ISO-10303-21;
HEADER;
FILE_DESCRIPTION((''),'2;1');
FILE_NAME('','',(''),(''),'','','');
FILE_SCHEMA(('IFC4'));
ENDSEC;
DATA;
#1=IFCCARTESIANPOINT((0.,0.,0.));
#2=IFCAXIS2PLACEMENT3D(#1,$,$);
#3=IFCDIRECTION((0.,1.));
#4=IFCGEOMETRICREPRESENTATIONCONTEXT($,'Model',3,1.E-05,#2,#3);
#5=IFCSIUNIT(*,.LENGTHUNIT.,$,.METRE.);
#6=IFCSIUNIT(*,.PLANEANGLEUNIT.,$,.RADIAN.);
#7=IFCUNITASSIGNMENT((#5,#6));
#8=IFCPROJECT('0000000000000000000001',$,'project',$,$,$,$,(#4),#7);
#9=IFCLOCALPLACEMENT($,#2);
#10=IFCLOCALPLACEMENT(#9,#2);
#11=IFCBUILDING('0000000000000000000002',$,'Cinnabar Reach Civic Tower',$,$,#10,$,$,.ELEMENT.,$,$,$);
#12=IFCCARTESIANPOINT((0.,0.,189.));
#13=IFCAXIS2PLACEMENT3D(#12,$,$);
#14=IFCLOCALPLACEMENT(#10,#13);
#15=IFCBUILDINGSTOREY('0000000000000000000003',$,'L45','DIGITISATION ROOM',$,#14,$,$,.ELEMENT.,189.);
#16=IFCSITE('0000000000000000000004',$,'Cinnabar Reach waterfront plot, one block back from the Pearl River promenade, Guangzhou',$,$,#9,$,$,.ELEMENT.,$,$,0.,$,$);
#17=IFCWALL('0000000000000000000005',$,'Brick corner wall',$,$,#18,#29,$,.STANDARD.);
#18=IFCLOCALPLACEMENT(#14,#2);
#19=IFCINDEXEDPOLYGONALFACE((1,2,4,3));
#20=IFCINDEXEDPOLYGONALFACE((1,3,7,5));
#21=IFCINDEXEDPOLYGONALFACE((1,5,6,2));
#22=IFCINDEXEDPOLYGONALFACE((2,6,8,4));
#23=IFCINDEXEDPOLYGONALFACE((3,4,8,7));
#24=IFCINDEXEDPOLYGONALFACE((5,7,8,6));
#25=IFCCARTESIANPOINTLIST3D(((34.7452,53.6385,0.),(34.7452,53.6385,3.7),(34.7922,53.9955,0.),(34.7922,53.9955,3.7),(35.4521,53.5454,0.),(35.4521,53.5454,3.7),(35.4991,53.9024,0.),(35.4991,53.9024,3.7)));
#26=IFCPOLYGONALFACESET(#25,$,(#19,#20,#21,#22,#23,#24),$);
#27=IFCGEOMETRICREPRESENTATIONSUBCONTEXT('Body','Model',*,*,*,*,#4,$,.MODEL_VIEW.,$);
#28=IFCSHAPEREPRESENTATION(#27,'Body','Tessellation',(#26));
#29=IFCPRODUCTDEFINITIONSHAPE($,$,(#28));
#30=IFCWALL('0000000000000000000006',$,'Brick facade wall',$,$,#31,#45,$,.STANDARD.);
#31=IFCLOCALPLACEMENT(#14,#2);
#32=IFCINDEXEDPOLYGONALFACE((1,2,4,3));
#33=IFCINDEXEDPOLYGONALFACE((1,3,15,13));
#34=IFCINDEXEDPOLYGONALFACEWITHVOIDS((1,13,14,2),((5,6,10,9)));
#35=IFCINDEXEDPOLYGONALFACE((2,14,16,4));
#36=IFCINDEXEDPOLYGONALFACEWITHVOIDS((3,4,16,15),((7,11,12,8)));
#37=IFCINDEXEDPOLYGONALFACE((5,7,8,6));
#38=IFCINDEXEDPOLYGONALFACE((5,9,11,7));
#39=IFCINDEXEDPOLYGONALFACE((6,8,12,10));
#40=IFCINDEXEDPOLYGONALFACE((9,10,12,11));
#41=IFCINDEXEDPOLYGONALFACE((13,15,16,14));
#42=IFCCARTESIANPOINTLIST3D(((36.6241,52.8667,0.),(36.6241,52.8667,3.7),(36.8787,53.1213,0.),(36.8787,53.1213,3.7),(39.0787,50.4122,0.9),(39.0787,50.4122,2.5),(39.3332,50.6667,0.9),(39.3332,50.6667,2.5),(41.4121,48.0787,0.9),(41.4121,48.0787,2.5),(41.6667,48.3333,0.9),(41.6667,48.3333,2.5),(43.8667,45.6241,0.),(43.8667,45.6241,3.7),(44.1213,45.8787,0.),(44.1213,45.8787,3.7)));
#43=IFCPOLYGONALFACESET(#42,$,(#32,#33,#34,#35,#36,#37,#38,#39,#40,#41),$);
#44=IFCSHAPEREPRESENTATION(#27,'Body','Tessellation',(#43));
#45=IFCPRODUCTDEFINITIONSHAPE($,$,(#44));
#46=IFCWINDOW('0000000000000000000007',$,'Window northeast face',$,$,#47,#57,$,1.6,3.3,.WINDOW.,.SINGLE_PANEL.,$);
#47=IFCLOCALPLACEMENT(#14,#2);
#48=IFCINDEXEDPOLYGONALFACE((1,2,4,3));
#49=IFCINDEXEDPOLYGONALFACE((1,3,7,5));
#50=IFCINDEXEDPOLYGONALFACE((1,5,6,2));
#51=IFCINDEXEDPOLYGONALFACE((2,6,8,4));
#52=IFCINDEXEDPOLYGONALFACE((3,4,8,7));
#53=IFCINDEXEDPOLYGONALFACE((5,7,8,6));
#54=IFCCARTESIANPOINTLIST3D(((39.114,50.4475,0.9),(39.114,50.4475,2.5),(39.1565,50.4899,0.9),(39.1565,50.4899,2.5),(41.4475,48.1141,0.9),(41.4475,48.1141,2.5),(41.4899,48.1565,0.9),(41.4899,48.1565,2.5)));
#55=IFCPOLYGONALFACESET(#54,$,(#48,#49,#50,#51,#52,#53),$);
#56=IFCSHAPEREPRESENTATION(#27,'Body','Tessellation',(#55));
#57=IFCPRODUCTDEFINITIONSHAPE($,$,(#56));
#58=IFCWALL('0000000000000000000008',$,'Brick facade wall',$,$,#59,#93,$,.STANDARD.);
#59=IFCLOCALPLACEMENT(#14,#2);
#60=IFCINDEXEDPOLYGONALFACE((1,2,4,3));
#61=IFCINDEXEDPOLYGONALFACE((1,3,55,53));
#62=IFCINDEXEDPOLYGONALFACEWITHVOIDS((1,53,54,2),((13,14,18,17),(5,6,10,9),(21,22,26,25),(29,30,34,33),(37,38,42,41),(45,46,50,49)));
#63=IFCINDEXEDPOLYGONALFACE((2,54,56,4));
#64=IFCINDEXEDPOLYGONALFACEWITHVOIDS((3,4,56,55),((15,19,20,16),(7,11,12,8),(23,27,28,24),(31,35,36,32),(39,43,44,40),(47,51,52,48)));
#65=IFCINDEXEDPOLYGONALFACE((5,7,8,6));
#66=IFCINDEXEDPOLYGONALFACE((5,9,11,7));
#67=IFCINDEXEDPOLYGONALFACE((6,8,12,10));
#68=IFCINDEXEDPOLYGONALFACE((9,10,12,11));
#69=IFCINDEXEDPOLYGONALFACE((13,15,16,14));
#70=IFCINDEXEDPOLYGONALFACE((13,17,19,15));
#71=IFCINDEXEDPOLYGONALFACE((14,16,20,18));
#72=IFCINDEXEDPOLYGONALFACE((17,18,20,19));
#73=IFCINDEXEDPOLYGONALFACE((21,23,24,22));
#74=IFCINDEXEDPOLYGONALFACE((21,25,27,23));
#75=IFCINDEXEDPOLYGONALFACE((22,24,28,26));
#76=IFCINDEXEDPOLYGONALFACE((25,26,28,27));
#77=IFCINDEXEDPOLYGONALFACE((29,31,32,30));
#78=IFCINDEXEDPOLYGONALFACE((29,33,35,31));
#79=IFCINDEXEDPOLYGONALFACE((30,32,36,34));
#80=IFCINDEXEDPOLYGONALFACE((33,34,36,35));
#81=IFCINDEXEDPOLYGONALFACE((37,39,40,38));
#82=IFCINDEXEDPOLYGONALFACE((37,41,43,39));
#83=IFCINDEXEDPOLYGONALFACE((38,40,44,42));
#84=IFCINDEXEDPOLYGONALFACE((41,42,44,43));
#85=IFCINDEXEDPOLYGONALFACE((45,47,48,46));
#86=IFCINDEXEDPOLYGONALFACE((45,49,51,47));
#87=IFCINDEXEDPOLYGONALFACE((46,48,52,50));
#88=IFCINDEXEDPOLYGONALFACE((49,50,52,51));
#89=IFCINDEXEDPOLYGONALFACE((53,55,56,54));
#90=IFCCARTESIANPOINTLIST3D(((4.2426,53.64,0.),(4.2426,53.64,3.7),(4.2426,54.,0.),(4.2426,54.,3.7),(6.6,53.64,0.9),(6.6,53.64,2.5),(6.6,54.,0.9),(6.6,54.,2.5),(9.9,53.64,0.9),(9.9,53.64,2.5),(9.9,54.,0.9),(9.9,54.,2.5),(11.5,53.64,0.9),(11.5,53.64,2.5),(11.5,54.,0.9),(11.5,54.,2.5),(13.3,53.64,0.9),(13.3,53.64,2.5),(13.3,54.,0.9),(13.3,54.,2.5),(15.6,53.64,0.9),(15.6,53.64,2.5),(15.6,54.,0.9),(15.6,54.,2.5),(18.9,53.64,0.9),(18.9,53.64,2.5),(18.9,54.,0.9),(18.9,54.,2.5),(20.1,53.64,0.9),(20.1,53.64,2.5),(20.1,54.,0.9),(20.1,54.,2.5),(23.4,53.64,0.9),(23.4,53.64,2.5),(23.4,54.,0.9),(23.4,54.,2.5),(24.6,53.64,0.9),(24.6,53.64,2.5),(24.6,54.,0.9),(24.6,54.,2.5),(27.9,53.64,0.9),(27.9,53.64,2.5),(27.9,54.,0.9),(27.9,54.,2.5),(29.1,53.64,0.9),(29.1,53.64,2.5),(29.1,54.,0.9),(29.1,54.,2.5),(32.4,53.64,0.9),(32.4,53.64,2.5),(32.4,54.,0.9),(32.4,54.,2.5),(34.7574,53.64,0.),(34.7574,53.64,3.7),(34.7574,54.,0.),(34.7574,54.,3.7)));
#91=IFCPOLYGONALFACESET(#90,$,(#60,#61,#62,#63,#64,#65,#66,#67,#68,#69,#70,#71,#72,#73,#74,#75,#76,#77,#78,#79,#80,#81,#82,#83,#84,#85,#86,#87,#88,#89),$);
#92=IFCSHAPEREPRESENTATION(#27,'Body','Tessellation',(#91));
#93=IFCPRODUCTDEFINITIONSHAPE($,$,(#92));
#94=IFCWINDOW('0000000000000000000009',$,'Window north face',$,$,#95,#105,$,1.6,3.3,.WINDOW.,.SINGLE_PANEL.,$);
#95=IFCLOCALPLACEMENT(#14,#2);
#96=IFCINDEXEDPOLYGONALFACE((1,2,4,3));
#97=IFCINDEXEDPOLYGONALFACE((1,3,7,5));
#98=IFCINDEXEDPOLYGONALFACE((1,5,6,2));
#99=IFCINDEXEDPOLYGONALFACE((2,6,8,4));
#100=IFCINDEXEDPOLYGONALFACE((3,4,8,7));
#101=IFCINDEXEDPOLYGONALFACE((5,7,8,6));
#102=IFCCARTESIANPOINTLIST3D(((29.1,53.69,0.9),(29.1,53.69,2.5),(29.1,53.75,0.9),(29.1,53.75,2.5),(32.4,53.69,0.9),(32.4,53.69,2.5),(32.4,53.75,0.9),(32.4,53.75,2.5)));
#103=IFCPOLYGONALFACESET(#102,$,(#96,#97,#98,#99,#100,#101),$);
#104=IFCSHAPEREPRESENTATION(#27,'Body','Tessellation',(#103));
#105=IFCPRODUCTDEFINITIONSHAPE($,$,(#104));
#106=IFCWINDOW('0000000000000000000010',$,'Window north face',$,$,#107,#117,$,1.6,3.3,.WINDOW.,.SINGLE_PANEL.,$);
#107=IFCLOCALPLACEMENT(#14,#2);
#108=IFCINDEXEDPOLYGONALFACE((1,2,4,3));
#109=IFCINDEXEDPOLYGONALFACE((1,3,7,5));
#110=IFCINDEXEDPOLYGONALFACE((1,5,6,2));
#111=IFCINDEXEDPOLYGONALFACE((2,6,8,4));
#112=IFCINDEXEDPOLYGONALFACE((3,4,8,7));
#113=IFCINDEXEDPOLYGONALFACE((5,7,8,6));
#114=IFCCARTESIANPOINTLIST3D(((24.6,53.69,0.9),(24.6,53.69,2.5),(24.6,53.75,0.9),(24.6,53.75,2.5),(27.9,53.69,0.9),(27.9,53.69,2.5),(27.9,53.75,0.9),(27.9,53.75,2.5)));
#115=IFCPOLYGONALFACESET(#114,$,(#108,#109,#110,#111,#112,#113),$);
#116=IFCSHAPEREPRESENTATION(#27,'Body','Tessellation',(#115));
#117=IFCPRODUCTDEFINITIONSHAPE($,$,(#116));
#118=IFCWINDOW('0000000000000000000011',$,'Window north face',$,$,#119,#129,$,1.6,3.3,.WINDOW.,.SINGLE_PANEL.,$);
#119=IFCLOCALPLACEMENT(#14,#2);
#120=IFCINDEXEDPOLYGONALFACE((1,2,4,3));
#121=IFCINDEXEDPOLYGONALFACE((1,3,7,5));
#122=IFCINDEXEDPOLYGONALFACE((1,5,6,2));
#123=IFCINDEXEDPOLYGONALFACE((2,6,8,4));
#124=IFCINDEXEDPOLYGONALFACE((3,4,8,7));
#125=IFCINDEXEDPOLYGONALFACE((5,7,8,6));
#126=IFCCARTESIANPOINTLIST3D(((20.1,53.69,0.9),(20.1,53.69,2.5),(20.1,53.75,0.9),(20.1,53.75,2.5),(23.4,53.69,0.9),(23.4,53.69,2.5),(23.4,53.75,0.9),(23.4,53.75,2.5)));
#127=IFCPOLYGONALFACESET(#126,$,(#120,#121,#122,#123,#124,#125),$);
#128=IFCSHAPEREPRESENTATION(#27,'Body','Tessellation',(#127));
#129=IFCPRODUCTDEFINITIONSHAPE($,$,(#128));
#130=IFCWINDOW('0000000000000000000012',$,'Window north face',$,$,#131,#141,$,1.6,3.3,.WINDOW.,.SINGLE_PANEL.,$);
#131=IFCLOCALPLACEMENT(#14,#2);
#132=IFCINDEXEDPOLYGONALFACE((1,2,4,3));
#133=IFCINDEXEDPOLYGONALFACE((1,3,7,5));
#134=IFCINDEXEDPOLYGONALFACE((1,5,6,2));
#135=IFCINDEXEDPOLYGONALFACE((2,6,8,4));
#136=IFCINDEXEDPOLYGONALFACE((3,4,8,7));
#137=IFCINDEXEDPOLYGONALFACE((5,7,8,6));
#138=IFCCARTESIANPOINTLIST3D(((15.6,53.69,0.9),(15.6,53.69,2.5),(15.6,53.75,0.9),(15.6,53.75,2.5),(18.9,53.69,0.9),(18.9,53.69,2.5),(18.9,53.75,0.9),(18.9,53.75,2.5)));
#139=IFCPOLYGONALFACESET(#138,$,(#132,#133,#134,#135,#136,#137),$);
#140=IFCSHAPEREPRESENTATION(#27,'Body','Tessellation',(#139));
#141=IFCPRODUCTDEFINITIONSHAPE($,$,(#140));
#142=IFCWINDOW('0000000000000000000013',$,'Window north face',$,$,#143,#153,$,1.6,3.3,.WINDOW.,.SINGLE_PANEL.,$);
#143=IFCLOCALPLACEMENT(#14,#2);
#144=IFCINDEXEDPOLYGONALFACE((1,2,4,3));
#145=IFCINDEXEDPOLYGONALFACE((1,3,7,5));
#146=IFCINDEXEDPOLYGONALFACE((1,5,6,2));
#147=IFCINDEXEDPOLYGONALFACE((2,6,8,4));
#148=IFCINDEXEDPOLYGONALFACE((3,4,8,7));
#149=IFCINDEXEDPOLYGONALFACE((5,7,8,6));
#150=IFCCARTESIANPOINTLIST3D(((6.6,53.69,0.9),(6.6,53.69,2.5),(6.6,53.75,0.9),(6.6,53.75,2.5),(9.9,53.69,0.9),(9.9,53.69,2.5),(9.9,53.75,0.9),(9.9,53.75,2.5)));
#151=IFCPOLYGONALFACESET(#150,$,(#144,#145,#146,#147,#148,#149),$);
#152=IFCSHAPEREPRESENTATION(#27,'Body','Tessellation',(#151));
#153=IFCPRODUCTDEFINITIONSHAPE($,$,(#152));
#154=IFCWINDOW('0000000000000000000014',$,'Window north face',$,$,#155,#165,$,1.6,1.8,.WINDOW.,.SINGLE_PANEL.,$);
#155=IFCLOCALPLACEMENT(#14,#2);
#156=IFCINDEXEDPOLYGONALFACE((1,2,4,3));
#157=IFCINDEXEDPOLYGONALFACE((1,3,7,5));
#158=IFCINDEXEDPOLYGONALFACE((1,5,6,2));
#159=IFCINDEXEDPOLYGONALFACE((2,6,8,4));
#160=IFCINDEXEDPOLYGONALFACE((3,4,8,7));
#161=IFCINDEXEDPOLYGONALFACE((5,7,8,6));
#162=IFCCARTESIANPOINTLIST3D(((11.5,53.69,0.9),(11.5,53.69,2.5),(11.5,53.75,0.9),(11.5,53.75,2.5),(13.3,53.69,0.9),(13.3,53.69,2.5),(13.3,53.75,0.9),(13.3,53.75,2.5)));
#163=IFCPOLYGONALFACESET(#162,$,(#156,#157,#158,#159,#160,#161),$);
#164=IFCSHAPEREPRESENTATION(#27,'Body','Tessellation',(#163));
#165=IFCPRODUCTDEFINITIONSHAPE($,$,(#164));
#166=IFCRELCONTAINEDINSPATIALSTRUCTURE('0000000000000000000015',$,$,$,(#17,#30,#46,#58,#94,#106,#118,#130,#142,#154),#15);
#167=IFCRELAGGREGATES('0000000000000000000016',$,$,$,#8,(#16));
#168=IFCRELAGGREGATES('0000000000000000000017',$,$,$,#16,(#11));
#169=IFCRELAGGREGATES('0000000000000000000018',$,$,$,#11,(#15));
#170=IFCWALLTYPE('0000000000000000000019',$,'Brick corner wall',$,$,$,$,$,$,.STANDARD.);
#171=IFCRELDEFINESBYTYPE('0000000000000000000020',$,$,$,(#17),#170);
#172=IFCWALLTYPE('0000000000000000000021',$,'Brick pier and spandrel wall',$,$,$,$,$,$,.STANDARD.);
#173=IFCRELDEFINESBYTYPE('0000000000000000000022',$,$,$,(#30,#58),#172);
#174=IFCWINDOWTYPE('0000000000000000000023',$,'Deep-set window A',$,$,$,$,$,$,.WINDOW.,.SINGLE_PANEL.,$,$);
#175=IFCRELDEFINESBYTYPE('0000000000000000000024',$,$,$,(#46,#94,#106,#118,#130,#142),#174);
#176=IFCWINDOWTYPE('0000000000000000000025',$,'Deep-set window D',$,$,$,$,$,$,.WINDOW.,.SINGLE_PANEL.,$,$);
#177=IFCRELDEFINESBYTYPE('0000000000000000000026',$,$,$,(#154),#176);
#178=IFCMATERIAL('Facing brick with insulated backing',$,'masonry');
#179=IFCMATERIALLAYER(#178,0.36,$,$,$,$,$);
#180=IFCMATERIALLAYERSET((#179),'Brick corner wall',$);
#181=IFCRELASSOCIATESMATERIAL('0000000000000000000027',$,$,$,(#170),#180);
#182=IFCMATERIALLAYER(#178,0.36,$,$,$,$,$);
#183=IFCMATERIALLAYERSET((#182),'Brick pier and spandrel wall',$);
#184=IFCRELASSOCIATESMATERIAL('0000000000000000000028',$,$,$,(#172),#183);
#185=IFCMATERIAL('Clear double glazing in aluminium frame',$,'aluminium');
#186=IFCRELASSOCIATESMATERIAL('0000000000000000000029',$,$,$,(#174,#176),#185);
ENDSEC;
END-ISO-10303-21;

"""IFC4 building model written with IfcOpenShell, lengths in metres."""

from ifc_helpers import new_model, si_unit, direction, frame, frame_2d, origin, place, context, subcontext, project, spatial, rectangle, extrude, material, layer, layer_set, type_object, element, fill, save


model = new_model("IFC4")

# Units and contexts
model_context = context("Model", 3, precision=1e-05, world=origin(), true_north=direction((0.0, 1.0)))
body_context = subcontext(model_context, "Body", "Model", "MODEL_VIEW")
ifc_project = project(units=[si_unit("LENGTHUNIT", "METRE"), si_unit("PLANEANGLEUNIT", "RADIAN")], contexts=[model_context])

# Site, building, storey
site_placement = place(None, origin())
site = spatial("IfcSite", under=ifc_project, at=site_placement, Name="Cinnabar Reach waterfront plot, one block back from the Pearl River promenade, Guangzhou", CompositionType="ELEMENT", RefElevation=0.0)
building_placement = place(site_placement, origin())
building = spatial("IfcBuilding", under=site, at=building_placement, Name="Cinnabar Reach Civic Tower", CompositionType="ELEMENT")
storey_placement = place(building_placement, frame((0.0, 0.0, 189.0)))
storey = spatial("IfcBuildingStorey", under=building, at=storey_placement, Name="L45", Description="DIGITISATION ROOM", CompositionType="ELEMENT", Elevation=189.0)

# Wall
ifc_material_1 = material(Name="Facing brick with insulated backing", Category="masonry")
ifc_layer_1 = layer(ifc_material_1, 0.36)
ifc_layer_set_1 = layer_set([ifc_layer_1], Name="Brick corner wall")
wall_type_1 = type_object("IfcWallType", Name="Brick corner wall", PredefinedType="STANDARD", material=ifc_layer_set_1)
for number, where, z_axis, x_axis, name in (
    (1, (35.4756, 53.7239, 0.0), (0.0, 0.0, 1.0), (-0.991441, 0.130556, 0.0), "Brick corner wall"),
):
    element("IfcWall", number, at=place(storey_placement, frame(where, z_axis=z_axis, x_axis=x_axis)), inside=storey, type_object=wall_type_1, Name=name, PredefinedType="STANDARD", context=body_context, shape_type="SweptSolid", body=[
        extrude(rectangle(XDim=0.7131, YDim=0.36, at=frame_2d((0.3565, 0.0))), origin(), (0.0, 0.0, 1.0), 3.7),
    ])

# Wall, opening, window
ifc_layer_2 = layer(ifc_material_1, 0.36)
ifc_layer_set_2 = layer_set([ifc_layer_2], Name="Brick pier and spandrel wall")
wall_type_2 = type_object("IfcWallType", Name="Brick pier and spandrel wall", PredefinedType="STANDARD", material=ifc_layer_set_2)
wall_1_placement = place(storey_placement, frame((43.994, 45.7514, 0.0), z_axis=(0.0, 0.0, 1.0), x_axis=(-0.707107, 0.707107, 0.0)))
wall_1 = element("IfcWall", 2, at=wall_1_placement, inside=storey, type_object=wall_type_2, Name="Brick facade wall", PredefinedType="STANDARD", context=body_context, shape_type="SweptSolid", body=[
    extrude(rectangle(XDim=10.2426, YDim=0.36, at=frame_2d((5.1213, 0.0))), origin(), (0.0, 0.0, 1.0), 3.7),
])
opening_1_placement = place(wall_1_placement, frame((3.4713, 0.0, 0.9)))
opening_1 = element("IfcOpeningElement", 3, at=opening_1_placement, cuts=wall_1, PredefinedType="OPENING", context=body_context, shape_type="SweptSolid", body=[
    extrude(rectangle(XDim=3.3, YDim=1.6, at=frame_2d((1.65, 0.8))), frame((0.0, 0.19, 0.0), z_axis=(0.0, -1.0, 0.0), x_axis=(1.0, 0.0, 0.0)), (0.0, 0.0, 1.0), 0.38),
])
ifc_material_2 = material(Name="Clear double glazing in aluminium frame", Category="aluminium")
window_type_1 = type_object("IfcWindowType", Name="Deep-set window A", PartitioningType="SINGLE_PANEL", PredefinedType="WINDOW", material=ifc_material_2)
window_1_placement = place(opening_1_placement, origin())
window_1 = element("IfcWindow", 4, at=window_1_placement, inside=storey, type_object=window_type_1, Name="Window northeast face", OverallHeight=1.6, OverallWidth=3.3, PartitioningType="SINGLE_PANEL", PredefinedType="WINDOW", context=body_context, shape_type="SweptSolid", body=[
    extrude(rectangle(XDim=3.3, YDim=1.6, at=frame_2d((1.65, 0.8))), frame((0.0, 0.13, 0.0), z_axis=(0.0, -1.0, 0.0), x_axis=(1.0, 0.0, 0.0)), (0.0, 0.0, 1.0), 0.06),
])
fill(opening_1, window_1)

# Wall, openings, windows
wall_2_placement = place(storey_placement, frame((34.7574, 53.82, 0.0), z_axis=(0.0, 0.0, 1.0), x_axis=(-1.0, 0.0, 0.0)))
wall_2 = element("IfcWall", 5, at=wall_2_placement, inside=storey, type_object=wall_type_2, Name="Brick facade wall", PredefinedType="STANDARD", context=body_context, shape_type="SweptSolid", body=[
    extrude(rectangle(XDim=30.5148, YDim=0.36, at=frame_2d((15.2574, 0.0))), origin(), (0.0, 0.0, 1.0), 3.7),
])
opening_2_placement = place(wall_2_placement, frame((2.3574, 0.0, 0.9)))
opening_2 = element("IfcOpeningElement", 6, at=opening_2_placement, cuts=wall_2, PredefinedType="OPENING", context=body_context, shape_type="SweptSolid", body=[
    extrude(rectangle(XDim=3.3, YDim=1.6, at=frame_2d((1.65, 0.8))), frame((0.0, 0.19, 0.0), z_axis=(0.0, -1.0, 0.0), x_axis=(1.0, 0.0, 0.0)), (0.0, 0.0, 1.0), 0.38),
])
opening_3_placement = place(wall_2_placement, frame((6.8574, 0.0, 0.9)))
opening_3 = element("IfcOpeningElement", 7, at=opening_3_placement, cuts=wall_2, PredefinedType="OPENING", context=body_context, shape_type="SweptSolid", body=[
    extrude(rectangle(XDim=3.3, YDim=1.6, at=frame_2d((1.65, 0.8))), frame((0.0, 0.19, 0.0), z_axis=(0.0, -1.0, 0.0), x_axis=(1.0, 0.0, 0.0)), (0.0, 0.0, 1.0), 0.38),
])
opening_4_placement = place(wall_2_placement, frame((11.3574, 0.0, 0.9)))
opening_4 = element("IfcOpeningElement", 8, at=opening_4_placement, cuts=wall_2, PredefinedType="OPENING", context=body_context, shape_type="SweptSolid", body=[
    extrude(rectangle(XDim=3.3, YDim=1.6, at=frame_2d((1.65, 0.8))), frame((0.0, 0.19, 0.0), z_axis=(0.0, -1.0, 0.0), x_axis=(1.0, 0.0, 0.0)), (0.0, 0.0, 1.0), 0.38),
])
opening_5_placement = place(wall_2_placement, frame((15.8574, 0.0, 0.9)))
opening_5 = element("IfcOpeningElement", 9, at=opening_5_placement, cuts=wall_2, PredefinedType="OPENING", context=body_context, shape_type="SweptSolid", body=[
    extrude(rectangle(XDim=3.3, YDim=1.6, at=frame_2d((1.65, 0.8))), frame((0.0, 0.19, 0.0), z_axis=(0.0, -1.0, 0.0), x_axis=(1.0, 0.0, 0.0)), (0.0, 0.0, 1.0), 0.38),
])
opening_6_placement = place(wall_2_placement, frame((21.4574, 0.0, 0.9)))
opening_6 = element("IfcOpeningElement", 10, at=opening_6_placement, cuts=wall_2, PredefinedType="OPENING", context=body_context, shape_type="SweptSolid", body=[
    extrude(rectangle(XDim=1.8, YDim=1.6, at=frame_2d((0.9, 0.8))), frame((0.0, 0.19, 0.0), z_axis=(0.0, -1.0, 0.0), x_axis=(1.0, 0.0, 0.0)), (0.0, 0.0, 1.0), 0.38),
])
opening_7_placement = place(wall_2_placement, frame((24.8574, 0.0, 0.9)))
opening_7 = element("IfcOpeningElement", 11, at=opening_7_placement, cuts=wall_2, PredefinedType="OPENING", context=body_context, shape_type="SweptSolid", body=[
    extrude(rectangle(XDim=3.3, YDim=1.6, at=frame_2d((1.65, 0.8))), frame((0.0, 0.19, 0.0), z_axis=(0.0, -1.0, 0.0), x_axis=(1.0, 0.0, 0.0)), (0.0, 0.0, 1.0), 0.38),
])
window_2_placement = place(opening_2_placement, origin())
window_2 = element("IfcWindow", 12, at=window_2_placement, inside=storey, type_object=window_type_1, Name="Window north face", OverallHeight=1.6, OverallWidth=3.3, PartitioningType="SINGLE_PANEL", PredefinedType="WINDOW", context=body_context, shape_type="SweptSolid", body=[
    extrude(rectangle(XDim=3.3, YDim=1.6, at=frame_2d((1.65, 0.8))), frame((0.0, 0.13, 0.0), z_axis=(0.0, -1.0, 0.0), x_axis=(1.0, 0.0, 0.0)), (0.0, 0.0, 1.0), 0.06),
])
fill(opening_2, window_2)
window_3_placement = place(opening_3_placement, origin())
window_3 = element("IfcWindow", 13, at=window_3_placement, inside=storey, type_object=window_type_1, Name="Window north face", OverallHeight=1.6, OverallWidth=3.3, PartitioningType="SINGLE_PANEL", PredefinedType="WINDOW", context=body_context, shape_type="SweptSolid", body=[
    extrude(rectangle(XDim=3.3, YDim=1.6, at=frame_2d((1.65, 0.8))), frame((0.0, 0.13, 0.0), z_axis=(0.0, -1.0, 0.0), x_axis=(1.0, 0.0, 0.0)), (0.0, 0.0, 1.0), 0.06),
])
fill(opening_3, window_3)
window_4_placement = place(opening_4_placement, origin())
window_4 = element("IfcWindow", 14, at=window_4_placement, inside=storey, type_object=window_type_1, Name="Window north face", OverallHeight=1.6, OverallWidth=3.3, PartitioningType="SINGLE_PANEL", PredefinedType="WINDOW", context=body_context, shape_type="SweptSolid", body=[
    extrude(rectangle(XDim=3.3, YDim=1.6, at=frame_2d((1.65, 0.8))), frame((0.0, 0.13, 0.0), z_axis=(0.0, -1.0, 0.0), x_axis=(1.0, 0.0, 0.0)), (0.0, 0.0, 1.0), 0.06),
])
fill(opening_4, window_4)
window_5_placement = place(opening_5_placement, origin())
window_5 = element("IfcWindow", 15, at=window_5_placement, inside=storey, type_object=window_type_1, Name="Window north face", OverallHeight=1.6, OverallWidth=3.3, PartitioningType="SINGLE_PANEL", PredefinedType="WINDOW", context=body_context, shape_type="SweptSolid", body=[
    extrude(rectangle(XDim=3.3, YDim=1.6, at=frame_2d((1.65, 0.8))), frame((0.0, 0.13, 0.0), z_axis=(0.0, -1.0, 0.0), x_axis=(1.0, 0.0, 0.0)), (0.0, 0.0, 1.0), 0.06),
])
fill(opening_5, window_5)
window_6_placement = place(opening_7_placement, origin())
window_6 = element("IfcWindow", 16, at=window_6_placement, inside=storey, type_object=window_type_1, Name="Window north face", OverallHeight=1.6, OverallWidth=3.3, PartitioningType="SINGLE_PANEL", PredefinedType="WINDOW", context=body_context, shape_type="SweptSolid", body=[
    extrude(rectangle(XDim=3.3, YDim=1.6, at=frame_2d((1.65, 0.8))), frame((0.0, 0.13, 0.0), z_axis=(0.0, -1.0, 0.0), x_axis=(1.0, 0.0, 0.0)), (0.0, 0.0, 1.0), 0.06),
])
fill(opening_7, window_6)
window_type_2 = type_object("IfcWindowType", Name="Deep-set window D", PartitioningType="SINGLE_PANEL", PredefinedType="WINDOW", material=ifc_material_2)
window_7_placement = place(opening_6_placement, origin())
window_7 = element("IfcWindow", 17, at=window_7_placement, inside=storey, type_object=window_type_2, Name="Window north face", OverallHeight=1.6, OverallWidth=1.8, PartitioningType="SINGLE_PANEL", PredefinedType="WINDOW", context=body_context, shape_type="SweptSolid", body=[
    extrude(rectangle(XDim=1.8, YDim=1.6, at=frame_2d((0.9, 0.8))), frame((0.0, 0.13, 0.0), z_axis=(0.0, -1.0, 0.0), x_axis=(1.0, 0.0, 0.0)), (0.0, 0.0, 1.0), 0.06),
])
fill(opening_6, window_7)

save(model, "model.ifc")
